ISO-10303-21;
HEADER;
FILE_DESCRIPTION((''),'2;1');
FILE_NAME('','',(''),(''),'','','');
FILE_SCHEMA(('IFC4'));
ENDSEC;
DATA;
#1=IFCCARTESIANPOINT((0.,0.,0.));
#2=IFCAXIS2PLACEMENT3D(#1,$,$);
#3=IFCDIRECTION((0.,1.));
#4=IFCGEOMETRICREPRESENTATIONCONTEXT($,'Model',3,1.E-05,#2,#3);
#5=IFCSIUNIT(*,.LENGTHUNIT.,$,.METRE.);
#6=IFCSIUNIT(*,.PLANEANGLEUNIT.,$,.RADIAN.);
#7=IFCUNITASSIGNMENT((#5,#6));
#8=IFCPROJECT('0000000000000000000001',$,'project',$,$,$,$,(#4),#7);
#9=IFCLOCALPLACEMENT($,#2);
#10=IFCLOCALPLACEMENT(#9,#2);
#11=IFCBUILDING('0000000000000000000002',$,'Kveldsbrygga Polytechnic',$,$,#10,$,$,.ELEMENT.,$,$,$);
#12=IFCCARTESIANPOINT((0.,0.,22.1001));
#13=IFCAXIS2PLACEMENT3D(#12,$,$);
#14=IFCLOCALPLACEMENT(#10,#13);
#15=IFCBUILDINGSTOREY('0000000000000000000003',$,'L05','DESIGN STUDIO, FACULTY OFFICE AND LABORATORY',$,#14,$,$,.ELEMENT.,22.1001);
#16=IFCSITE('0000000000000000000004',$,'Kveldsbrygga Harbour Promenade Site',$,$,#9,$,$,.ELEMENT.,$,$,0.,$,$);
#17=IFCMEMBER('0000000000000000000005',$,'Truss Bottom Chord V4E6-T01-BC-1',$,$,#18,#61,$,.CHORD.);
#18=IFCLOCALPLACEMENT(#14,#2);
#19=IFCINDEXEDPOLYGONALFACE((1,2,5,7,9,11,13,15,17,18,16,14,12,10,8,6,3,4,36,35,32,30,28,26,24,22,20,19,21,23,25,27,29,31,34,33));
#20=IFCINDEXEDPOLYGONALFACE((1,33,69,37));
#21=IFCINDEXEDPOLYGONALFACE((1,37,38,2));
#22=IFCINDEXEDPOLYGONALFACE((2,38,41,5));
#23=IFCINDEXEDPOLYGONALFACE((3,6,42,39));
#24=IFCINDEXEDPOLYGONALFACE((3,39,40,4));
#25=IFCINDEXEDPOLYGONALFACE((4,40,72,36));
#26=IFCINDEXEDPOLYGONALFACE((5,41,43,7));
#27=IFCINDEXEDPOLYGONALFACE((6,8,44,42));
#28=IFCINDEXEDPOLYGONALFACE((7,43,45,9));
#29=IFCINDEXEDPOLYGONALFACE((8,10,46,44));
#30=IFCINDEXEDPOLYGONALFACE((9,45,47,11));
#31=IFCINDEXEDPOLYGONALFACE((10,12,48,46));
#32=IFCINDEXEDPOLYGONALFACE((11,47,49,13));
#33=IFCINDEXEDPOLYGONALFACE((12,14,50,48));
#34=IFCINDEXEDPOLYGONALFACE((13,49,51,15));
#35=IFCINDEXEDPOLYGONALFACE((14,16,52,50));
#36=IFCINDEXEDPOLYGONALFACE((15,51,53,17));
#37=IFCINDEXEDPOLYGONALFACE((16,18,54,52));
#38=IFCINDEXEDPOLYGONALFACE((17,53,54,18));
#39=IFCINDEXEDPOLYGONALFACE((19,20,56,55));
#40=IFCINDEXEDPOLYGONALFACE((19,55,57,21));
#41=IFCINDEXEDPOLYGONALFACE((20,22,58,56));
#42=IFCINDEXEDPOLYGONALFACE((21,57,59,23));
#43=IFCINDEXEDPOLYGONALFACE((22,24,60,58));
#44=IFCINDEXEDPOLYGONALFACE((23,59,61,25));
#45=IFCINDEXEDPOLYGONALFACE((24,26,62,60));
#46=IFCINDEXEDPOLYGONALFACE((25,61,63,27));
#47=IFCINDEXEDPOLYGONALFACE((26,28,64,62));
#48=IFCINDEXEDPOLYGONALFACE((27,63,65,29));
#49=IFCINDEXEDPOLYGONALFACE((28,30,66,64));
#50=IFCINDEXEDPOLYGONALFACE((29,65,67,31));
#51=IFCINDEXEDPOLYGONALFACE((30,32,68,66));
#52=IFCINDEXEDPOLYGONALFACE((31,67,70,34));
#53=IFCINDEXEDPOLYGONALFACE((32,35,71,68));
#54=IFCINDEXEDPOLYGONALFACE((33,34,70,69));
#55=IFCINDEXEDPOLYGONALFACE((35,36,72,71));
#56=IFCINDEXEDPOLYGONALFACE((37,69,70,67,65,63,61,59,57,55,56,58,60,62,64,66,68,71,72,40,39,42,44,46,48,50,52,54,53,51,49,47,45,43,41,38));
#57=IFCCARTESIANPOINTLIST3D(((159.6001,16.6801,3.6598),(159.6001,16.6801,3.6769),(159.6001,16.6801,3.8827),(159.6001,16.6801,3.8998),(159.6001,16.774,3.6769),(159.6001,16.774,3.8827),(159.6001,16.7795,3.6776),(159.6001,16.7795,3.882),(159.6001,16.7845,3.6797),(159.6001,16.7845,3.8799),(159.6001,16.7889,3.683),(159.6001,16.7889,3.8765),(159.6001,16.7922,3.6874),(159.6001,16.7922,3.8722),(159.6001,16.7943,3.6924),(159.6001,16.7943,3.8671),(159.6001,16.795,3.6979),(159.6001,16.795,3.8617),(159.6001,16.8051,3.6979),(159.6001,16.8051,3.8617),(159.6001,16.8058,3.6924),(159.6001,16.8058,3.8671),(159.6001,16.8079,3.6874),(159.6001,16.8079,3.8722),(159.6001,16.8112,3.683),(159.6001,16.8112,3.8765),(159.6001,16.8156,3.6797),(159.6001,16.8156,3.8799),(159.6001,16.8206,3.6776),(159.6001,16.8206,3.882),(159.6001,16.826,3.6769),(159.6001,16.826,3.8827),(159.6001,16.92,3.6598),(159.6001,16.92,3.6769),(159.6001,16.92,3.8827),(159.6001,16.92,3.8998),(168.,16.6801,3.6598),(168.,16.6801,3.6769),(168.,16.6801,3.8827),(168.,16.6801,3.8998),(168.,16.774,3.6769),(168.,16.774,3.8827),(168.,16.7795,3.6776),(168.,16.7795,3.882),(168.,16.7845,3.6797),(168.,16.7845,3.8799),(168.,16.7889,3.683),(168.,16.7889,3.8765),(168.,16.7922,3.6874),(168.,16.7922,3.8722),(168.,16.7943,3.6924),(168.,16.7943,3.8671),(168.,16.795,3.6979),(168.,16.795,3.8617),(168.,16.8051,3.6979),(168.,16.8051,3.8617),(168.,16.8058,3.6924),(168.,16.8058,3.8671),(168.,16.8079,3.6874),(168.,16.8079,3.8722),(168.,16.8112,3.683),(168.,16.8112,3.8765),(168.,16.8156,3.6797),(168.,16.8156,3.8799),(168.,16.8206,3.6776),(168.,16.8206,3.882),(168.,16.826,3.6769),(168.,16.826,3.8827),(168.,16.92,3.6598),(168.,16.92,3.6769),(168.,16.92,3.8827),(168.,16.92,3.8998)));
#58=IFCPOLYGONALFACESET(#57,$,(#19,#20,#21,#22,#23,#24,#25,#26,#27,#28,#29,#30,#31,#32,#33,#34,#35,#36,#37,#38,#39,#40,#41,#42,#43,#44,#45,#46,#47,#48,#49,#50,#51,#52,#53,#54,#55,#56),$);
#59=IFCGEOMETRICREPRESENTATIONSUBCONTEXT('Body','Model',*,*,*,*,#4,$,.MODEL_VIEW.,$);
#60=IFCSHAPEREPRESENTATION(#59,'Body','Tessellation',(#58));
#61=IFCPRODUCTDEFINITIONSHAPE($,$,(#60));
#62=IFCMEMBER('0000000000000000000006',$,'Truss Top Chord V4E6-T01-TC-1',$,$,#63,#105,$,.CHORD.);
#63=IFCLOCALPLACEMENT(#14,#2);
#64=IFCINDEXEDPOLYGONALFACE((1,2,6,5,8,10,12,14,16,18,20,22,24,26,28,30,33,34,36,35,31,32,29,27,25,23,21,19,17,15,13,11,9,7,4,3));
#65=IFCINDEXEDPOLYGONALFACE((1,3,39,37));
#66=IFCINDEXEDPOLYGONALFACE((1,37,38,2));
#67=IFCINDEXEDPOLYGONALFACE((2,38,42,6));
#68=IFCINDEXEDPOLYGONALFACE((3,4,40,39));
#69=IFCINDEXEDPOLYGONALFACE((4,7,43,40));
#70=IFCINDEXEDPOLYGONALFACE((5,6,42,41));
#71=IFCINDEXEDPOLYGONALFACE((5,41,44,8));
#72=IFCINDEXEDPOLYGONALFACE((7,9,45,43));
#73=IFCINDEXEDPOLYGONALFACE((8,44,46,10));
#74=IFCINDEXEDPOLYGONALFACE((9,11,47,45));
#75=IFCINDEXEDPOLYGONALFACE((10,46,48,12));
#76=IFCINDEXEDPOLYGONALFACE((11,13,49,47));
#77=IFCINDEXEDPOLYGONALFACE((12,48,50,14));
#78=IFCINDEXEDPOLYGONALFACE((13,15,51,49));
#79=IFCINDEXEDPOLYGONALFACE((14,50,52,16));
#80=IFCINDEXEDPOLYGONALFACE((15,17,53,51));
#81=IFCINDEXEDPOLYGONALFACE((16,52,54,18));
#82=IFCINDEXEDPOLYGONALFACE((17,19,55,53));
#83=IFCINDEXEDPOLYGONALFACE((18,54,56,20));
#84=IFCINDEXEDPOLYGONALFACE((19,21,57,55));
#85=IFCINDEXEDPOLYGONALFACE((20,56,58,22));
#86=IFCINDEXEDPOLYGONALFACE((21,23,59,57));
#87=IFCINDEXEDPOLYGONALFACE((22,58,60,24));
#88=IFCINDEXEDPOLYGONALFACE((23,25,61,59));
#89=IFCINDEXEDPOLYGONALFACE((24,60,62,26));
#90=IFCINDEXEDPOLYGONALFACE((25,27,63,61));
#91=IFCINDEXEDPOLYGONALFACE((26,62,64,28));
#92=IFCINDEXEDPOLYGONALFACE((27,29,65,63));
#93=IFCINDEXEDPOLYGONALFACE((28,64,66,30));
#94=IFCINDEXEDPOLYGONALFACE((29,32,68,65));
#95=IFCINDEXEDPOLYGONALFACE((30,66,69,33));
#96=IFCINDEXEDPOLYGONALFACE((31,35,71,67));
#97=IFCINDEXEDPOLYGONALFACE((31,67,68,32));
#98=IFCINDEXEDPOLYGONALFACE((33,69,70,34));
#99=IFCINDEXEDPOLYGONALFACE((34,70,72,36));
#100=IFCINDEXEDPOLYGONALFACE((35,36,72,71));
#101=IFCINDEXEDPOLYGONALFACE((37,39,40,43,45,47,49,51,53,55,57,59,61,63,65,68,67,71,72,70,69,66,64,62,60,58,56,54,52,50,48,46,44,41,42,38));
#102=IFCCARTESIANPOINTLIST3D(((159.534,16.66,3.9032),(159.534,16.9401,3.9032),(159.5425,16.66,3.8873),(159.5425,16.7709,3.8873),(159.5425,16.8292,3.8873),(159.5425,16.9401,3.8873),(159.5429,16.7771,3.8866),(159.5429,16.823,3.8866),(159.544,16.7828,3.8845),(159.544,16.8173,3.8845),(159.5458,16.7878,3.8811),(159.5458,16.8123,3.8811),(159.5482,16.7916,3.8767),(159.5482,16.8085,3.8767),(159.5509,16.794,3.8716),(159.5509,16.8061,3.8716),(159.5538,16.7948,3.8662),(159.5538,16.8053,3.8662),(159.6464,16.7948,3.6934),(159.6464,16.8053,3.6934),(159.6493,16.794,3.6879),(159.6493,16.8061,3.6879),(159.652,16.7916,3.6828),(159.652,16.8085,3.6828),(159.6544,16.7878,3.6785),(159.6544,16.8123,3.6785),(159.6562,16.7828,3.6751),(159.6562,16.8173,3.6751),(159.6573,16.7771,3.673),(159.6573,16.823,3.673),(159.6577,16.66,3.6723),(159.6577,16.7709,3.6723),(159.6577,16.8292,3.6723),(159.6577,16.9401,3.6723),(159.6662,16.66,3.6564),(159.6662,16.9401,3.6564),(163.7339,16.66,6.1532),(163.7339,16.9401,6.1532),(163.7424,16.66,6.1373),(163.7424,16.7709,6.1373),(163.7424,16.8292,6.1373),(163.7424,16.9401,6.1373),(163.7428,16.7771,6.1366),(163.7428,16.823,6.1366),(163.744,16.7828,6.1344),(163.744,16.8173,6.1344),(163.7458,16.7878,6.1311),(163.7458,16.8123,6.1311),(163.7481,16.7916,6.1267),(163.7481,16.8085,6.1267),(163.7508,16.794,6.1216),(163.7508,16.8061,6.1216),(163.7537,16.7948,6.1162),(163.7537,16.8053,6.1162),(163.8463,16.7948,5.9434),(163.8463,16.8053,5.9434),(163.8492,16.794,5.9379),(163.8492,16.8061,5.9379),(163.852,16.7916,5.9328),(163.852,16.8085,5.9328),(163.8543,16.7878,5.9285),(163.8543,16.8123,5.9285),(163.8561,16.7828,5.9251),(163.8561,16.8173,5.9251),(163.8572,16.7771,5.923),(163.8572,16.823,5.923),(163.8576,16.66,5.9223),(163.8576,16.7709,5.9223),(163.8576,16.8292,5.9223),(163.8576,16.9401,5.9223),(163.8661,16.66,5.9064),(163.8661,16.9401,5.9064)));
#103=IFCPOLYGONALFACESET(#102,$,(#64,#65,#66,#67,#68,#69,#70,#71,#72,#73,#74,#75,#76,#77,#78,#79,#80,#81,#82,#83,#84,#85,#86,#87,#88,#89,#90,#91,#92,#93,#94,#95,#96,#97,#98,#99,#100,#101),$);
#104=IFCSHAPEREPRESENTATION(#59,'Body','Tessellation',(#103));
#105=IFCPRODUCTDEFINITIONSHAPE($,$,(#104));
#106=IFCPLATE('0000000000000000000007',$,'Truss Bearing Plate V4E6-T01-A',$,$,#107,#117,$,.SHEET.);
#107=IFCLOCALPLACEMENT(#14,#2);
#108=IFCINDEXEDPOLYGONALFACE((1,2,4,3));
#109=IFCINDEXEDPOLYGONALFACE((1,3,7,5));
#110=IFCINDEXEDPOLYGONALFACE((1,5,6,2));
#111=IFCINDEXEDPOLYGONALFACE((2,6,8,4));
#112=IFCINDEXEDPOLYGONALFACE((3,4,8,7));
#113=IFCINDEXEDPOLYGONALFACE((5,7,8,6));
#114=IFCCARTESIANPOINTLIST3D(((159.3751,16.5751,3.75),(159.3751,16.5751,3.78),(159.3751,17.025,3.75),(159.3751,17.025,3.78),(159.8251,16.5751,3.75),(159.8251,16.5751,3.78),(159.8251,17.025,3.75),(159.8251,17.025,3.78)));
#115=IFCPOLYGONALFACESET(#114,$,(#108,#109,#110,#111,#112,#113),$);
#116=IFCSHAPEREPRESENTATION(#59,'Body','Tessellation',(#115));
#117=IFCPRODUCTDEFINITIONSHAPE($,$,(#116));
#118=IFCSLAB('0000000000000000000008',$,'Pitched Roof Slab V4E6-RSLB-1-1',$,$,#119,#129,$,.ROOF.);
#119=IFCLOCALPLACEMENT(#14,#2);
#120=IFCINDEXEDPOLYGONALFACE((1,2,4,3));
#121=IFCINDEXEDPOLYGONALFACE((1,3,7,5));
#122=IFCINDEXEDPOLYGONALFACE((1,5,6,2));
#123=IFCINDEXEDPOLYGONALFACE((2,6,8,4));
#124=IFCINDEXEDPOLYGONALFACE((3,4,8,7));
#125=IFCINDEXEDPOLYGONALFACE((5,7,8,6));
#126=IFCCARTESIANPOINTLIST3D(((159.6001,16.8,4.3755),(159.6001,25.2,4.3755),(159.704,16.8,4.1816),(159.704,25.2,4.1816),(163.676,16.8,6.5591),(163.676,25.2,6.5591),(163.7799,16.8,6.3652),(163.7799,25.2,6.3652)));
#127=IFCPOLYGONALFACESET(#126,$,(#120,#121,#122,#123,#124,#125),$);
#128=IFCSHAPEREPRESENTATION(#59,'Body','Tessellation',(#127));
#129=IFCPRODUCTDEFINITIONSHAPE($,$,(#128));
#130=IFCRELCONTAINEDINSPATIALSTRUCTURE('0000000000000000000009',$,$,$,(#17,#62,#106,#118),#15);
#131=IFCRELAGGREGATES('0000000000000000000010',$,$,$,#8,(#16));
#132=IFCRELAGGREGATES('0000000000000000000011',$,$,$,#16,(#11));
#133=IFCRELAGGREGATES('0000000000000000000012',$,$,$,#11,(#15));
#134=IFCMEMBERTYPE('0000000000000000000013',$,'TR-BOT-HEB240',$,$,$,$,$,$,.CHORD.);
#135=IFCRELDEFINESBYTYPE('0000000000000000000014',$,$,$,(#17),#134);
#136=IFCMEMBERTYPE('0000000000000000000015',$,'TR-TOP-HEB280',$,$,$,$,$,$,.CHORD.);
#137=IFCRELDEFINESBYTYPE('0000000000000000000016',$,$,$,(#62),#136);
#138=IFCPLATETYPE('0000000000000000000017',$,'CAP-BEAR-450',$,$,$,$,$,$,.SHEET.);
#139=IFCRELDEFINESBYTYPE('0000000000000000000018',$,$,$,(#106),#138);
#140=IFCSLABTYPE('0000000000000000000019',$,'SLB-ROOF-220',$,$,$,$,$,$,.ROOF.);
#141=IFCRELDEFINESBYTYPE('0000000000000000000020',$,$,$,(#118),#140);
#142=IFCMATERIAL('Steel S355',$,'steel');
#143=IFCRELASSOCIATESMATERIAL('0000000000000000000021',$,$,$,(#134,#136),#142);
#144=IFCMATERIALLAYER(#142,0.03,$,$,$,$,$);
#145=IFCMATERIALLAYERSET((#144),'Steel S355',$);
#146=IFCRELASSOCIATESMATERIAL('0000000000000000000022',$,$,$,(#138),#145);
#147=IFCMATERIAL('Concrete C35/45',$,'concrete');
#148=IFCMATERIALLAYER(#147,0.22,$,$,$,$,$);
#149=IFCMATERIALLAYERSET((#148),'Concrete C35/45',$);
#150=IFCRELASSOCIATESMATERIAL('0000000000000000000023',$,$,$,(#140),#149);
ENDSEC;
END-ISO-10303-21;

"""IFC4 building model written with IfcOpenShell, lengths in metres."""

from ifc_helpers import new_model, si_unit, direction, frame, origin, origin_2d, place, context, subcontext, project, spatial, polyline, rectangle, i_section, outline, extrude, material, layer, layer_set, material_profile, profile_set, type_object, element, save


model = new_model("IFC4")

# Units and contexts
model_context = context("Model", 3, precision=1e-05, world=origin(), true_north=direction((0.0, 1.0)))
body_context = subcontext(model_context, "Body", "Model", "MODEL_VIEW")
ifc_project = project(units=[si_unit("LENGTHUNIT", "METRE"), si_unit("PLANEANGLEUNIT", "RADIAN")], contexts=[model_context])

# Site, building, storey
site_placement = place(None, origin())
site = spatial("IfcSite", under=ifc_project, at=site_placement, Name="Kveldsbrygga Harbour Promenade Site", CompositionType="ELEMENT", RefElevation=0.0)
building_placement = place(site_placement, origin())
building = spatial("IfcBuilding", under=site, at=building_placement, Name="Kveldsbrygga Polytechnic", CompositionType="ELEMENT")
storey_placement = place(building_placement, frame((0.0, 0.0, 22.1001)))
storey = spatial("IfcBuildingStorey", under=building, at=storey_placement, Name="L05", Description="DESIGN STUDIO, FACULTY OFFICE AND LABORATORY", CompositionType="ELEMENT", Elevation=22.1001)

# Shared definitions
ifc_material_1 = material(Name="Concrete C35/45", Category="concrete")

# Members
ifc_material_2 = material(Name="Steel S355", Category="steel")
ifc_material_profile_1 = material_profile(ifc_material_2, i_section(OverallWidth=0.24, OverallDepth=0.24, WebThickness=0.01, FlangeThickness=0.0171, FilletRadius=0.021, at=origin_2d()), Name="HEB 240")
ifc_profile_set_1 = profile_set([ifc_material_profile_1], Name="Steel S355")
member_type_1 = type_object("IfcMemberType", Name="TR-BOT-HEB240", PredefinedType="CHORD", material=ifc_profile_set_1)
member_1_placement = place(storey_placement, frame((159.6001, 16.8, 3.7798), z_axis=(1.0, 0.0, 0.0), x_axis=(0.0, 1.0, 0.0)))
element("IfcMember", 1, at=member_1_placement, inside=storey, type_object=member_type_1, Name="Truss Bottom Chord V4E6-T01-BC-1", PredefinedType="CHORD", context=body_context, shape_type="SweptSolid", body=[
    extrude(i_section(OverallWidth=0.24, OverallDepth=0.24, WebThickness=0.01, FlangeThickness=0.0171, FilletRadius=0.021, at=origin_2d()), origin(), (0.0, 0.0, 1.0), 8.3999),
])
ifc_material_profile_2 = material_profile(ifc_material_2, i_section(OverallWidth=0.28, OverallDepth=0.28, WebThickness=0.0105, FlangeThickness=0.0181, FilletRadius=0.0239, at=origin_2d()), Name="HEB 280")
ifc_profile_set_2 = profile_set([ifc_material_profile_2], Name="Steel S355")
member_type_2 = type_object("IfcMemberType", Name="TR-TOP-HEB280", PredefinedType="CHORD", material=ifc_profile_set_2)
member_2_placement = place(storey_placement, frame((159.6001, 16.8, 3.7798), z_axis=(0.881478, 0.0, 0.472226), x_axis=(0.0, 1.0, 0.0)))
element("IfcMember", 2, at=member_2_placement, inside=storey, type_object=member_type_2, Name="Truss Top Chord V4E6-T01-TC-1", PredefinedType="CHORD", context=body_context, shape_type="SweptSolid", body=[
    extrude(i_section(OverallWidth=0.28, OverallDepth=0.28, WebThickness=0.0105, FlangeThickness=0.0181, FilletRadius=0.0239, at=origin_2d()), origin(), (0.0, 0.0, 1.0), 4.7646),
])

# Plate
ifc_layer_1 = layer(ifc_material_2, 0.03)
ifc_layer_set_1 = layer_set([ifc_layer_1], Name="Steel S355")
plate_type = type_object("IfcPlateType", Name="CAP-BEAR-450", PredefinedType="SHEET", material=ifc_layer_set_1)
plate_placement = place(storey_placement, frame((159.6001, 16.8, 3.75), z_axis=(0.0, 0.0, 1.0), x_axis=(1.0, 0.0, 0.0)))
element("IfcPlate", 3, at=plate_placement, inside=storey, type_object=plate_type, Name="Truss Bearing Plate V4E6-T01-A", PredefinedType="SHEET", context=body_context, shape_type="SweptSolid", body=[
    extrude(rectangle(XDim=0.45, YDim=0.45, at=origin_2d()), origin(), (0.0, 0.0, 1.0), 0.03),
])

# Slab
ifc_layer_2 = layer(ifc_material_1, 0.22)
ifc_layer_set_2 = layer_set([ifc_layer_2], Name="Concrete C35/45")
slab_type = type_object("IfcSlabType", Name="SLB-ROOF-220", PredefinedType="ROOF", material=ifc_layer_set_2)
slab_placement = place(storey_placement, frame((159.6001, 16.8, 4.3755), z_axis=(-0.472232, 0.0, 0.881474), x_axis=(0.881474, 0.0, 0.472232)))
element("IfcSlab", 4, at=slab_placement, inside=storey, type_object=slab_type, Name="Pitched Roof Slab V4E6-RSLB-1-1", PredefinedType="ROOF", context=body_context, shape_type="SweptSolid", body=[
    extrude(outline(polyline([(0.0, 0.0), (4.624, 0.0), (4.624, 8.3999), (0.0, 8.3999), (0.0, 0.0)])), origin(), (0.0, 0.0, -1.0), 0.22),
])

save(model, "model.ifc")
